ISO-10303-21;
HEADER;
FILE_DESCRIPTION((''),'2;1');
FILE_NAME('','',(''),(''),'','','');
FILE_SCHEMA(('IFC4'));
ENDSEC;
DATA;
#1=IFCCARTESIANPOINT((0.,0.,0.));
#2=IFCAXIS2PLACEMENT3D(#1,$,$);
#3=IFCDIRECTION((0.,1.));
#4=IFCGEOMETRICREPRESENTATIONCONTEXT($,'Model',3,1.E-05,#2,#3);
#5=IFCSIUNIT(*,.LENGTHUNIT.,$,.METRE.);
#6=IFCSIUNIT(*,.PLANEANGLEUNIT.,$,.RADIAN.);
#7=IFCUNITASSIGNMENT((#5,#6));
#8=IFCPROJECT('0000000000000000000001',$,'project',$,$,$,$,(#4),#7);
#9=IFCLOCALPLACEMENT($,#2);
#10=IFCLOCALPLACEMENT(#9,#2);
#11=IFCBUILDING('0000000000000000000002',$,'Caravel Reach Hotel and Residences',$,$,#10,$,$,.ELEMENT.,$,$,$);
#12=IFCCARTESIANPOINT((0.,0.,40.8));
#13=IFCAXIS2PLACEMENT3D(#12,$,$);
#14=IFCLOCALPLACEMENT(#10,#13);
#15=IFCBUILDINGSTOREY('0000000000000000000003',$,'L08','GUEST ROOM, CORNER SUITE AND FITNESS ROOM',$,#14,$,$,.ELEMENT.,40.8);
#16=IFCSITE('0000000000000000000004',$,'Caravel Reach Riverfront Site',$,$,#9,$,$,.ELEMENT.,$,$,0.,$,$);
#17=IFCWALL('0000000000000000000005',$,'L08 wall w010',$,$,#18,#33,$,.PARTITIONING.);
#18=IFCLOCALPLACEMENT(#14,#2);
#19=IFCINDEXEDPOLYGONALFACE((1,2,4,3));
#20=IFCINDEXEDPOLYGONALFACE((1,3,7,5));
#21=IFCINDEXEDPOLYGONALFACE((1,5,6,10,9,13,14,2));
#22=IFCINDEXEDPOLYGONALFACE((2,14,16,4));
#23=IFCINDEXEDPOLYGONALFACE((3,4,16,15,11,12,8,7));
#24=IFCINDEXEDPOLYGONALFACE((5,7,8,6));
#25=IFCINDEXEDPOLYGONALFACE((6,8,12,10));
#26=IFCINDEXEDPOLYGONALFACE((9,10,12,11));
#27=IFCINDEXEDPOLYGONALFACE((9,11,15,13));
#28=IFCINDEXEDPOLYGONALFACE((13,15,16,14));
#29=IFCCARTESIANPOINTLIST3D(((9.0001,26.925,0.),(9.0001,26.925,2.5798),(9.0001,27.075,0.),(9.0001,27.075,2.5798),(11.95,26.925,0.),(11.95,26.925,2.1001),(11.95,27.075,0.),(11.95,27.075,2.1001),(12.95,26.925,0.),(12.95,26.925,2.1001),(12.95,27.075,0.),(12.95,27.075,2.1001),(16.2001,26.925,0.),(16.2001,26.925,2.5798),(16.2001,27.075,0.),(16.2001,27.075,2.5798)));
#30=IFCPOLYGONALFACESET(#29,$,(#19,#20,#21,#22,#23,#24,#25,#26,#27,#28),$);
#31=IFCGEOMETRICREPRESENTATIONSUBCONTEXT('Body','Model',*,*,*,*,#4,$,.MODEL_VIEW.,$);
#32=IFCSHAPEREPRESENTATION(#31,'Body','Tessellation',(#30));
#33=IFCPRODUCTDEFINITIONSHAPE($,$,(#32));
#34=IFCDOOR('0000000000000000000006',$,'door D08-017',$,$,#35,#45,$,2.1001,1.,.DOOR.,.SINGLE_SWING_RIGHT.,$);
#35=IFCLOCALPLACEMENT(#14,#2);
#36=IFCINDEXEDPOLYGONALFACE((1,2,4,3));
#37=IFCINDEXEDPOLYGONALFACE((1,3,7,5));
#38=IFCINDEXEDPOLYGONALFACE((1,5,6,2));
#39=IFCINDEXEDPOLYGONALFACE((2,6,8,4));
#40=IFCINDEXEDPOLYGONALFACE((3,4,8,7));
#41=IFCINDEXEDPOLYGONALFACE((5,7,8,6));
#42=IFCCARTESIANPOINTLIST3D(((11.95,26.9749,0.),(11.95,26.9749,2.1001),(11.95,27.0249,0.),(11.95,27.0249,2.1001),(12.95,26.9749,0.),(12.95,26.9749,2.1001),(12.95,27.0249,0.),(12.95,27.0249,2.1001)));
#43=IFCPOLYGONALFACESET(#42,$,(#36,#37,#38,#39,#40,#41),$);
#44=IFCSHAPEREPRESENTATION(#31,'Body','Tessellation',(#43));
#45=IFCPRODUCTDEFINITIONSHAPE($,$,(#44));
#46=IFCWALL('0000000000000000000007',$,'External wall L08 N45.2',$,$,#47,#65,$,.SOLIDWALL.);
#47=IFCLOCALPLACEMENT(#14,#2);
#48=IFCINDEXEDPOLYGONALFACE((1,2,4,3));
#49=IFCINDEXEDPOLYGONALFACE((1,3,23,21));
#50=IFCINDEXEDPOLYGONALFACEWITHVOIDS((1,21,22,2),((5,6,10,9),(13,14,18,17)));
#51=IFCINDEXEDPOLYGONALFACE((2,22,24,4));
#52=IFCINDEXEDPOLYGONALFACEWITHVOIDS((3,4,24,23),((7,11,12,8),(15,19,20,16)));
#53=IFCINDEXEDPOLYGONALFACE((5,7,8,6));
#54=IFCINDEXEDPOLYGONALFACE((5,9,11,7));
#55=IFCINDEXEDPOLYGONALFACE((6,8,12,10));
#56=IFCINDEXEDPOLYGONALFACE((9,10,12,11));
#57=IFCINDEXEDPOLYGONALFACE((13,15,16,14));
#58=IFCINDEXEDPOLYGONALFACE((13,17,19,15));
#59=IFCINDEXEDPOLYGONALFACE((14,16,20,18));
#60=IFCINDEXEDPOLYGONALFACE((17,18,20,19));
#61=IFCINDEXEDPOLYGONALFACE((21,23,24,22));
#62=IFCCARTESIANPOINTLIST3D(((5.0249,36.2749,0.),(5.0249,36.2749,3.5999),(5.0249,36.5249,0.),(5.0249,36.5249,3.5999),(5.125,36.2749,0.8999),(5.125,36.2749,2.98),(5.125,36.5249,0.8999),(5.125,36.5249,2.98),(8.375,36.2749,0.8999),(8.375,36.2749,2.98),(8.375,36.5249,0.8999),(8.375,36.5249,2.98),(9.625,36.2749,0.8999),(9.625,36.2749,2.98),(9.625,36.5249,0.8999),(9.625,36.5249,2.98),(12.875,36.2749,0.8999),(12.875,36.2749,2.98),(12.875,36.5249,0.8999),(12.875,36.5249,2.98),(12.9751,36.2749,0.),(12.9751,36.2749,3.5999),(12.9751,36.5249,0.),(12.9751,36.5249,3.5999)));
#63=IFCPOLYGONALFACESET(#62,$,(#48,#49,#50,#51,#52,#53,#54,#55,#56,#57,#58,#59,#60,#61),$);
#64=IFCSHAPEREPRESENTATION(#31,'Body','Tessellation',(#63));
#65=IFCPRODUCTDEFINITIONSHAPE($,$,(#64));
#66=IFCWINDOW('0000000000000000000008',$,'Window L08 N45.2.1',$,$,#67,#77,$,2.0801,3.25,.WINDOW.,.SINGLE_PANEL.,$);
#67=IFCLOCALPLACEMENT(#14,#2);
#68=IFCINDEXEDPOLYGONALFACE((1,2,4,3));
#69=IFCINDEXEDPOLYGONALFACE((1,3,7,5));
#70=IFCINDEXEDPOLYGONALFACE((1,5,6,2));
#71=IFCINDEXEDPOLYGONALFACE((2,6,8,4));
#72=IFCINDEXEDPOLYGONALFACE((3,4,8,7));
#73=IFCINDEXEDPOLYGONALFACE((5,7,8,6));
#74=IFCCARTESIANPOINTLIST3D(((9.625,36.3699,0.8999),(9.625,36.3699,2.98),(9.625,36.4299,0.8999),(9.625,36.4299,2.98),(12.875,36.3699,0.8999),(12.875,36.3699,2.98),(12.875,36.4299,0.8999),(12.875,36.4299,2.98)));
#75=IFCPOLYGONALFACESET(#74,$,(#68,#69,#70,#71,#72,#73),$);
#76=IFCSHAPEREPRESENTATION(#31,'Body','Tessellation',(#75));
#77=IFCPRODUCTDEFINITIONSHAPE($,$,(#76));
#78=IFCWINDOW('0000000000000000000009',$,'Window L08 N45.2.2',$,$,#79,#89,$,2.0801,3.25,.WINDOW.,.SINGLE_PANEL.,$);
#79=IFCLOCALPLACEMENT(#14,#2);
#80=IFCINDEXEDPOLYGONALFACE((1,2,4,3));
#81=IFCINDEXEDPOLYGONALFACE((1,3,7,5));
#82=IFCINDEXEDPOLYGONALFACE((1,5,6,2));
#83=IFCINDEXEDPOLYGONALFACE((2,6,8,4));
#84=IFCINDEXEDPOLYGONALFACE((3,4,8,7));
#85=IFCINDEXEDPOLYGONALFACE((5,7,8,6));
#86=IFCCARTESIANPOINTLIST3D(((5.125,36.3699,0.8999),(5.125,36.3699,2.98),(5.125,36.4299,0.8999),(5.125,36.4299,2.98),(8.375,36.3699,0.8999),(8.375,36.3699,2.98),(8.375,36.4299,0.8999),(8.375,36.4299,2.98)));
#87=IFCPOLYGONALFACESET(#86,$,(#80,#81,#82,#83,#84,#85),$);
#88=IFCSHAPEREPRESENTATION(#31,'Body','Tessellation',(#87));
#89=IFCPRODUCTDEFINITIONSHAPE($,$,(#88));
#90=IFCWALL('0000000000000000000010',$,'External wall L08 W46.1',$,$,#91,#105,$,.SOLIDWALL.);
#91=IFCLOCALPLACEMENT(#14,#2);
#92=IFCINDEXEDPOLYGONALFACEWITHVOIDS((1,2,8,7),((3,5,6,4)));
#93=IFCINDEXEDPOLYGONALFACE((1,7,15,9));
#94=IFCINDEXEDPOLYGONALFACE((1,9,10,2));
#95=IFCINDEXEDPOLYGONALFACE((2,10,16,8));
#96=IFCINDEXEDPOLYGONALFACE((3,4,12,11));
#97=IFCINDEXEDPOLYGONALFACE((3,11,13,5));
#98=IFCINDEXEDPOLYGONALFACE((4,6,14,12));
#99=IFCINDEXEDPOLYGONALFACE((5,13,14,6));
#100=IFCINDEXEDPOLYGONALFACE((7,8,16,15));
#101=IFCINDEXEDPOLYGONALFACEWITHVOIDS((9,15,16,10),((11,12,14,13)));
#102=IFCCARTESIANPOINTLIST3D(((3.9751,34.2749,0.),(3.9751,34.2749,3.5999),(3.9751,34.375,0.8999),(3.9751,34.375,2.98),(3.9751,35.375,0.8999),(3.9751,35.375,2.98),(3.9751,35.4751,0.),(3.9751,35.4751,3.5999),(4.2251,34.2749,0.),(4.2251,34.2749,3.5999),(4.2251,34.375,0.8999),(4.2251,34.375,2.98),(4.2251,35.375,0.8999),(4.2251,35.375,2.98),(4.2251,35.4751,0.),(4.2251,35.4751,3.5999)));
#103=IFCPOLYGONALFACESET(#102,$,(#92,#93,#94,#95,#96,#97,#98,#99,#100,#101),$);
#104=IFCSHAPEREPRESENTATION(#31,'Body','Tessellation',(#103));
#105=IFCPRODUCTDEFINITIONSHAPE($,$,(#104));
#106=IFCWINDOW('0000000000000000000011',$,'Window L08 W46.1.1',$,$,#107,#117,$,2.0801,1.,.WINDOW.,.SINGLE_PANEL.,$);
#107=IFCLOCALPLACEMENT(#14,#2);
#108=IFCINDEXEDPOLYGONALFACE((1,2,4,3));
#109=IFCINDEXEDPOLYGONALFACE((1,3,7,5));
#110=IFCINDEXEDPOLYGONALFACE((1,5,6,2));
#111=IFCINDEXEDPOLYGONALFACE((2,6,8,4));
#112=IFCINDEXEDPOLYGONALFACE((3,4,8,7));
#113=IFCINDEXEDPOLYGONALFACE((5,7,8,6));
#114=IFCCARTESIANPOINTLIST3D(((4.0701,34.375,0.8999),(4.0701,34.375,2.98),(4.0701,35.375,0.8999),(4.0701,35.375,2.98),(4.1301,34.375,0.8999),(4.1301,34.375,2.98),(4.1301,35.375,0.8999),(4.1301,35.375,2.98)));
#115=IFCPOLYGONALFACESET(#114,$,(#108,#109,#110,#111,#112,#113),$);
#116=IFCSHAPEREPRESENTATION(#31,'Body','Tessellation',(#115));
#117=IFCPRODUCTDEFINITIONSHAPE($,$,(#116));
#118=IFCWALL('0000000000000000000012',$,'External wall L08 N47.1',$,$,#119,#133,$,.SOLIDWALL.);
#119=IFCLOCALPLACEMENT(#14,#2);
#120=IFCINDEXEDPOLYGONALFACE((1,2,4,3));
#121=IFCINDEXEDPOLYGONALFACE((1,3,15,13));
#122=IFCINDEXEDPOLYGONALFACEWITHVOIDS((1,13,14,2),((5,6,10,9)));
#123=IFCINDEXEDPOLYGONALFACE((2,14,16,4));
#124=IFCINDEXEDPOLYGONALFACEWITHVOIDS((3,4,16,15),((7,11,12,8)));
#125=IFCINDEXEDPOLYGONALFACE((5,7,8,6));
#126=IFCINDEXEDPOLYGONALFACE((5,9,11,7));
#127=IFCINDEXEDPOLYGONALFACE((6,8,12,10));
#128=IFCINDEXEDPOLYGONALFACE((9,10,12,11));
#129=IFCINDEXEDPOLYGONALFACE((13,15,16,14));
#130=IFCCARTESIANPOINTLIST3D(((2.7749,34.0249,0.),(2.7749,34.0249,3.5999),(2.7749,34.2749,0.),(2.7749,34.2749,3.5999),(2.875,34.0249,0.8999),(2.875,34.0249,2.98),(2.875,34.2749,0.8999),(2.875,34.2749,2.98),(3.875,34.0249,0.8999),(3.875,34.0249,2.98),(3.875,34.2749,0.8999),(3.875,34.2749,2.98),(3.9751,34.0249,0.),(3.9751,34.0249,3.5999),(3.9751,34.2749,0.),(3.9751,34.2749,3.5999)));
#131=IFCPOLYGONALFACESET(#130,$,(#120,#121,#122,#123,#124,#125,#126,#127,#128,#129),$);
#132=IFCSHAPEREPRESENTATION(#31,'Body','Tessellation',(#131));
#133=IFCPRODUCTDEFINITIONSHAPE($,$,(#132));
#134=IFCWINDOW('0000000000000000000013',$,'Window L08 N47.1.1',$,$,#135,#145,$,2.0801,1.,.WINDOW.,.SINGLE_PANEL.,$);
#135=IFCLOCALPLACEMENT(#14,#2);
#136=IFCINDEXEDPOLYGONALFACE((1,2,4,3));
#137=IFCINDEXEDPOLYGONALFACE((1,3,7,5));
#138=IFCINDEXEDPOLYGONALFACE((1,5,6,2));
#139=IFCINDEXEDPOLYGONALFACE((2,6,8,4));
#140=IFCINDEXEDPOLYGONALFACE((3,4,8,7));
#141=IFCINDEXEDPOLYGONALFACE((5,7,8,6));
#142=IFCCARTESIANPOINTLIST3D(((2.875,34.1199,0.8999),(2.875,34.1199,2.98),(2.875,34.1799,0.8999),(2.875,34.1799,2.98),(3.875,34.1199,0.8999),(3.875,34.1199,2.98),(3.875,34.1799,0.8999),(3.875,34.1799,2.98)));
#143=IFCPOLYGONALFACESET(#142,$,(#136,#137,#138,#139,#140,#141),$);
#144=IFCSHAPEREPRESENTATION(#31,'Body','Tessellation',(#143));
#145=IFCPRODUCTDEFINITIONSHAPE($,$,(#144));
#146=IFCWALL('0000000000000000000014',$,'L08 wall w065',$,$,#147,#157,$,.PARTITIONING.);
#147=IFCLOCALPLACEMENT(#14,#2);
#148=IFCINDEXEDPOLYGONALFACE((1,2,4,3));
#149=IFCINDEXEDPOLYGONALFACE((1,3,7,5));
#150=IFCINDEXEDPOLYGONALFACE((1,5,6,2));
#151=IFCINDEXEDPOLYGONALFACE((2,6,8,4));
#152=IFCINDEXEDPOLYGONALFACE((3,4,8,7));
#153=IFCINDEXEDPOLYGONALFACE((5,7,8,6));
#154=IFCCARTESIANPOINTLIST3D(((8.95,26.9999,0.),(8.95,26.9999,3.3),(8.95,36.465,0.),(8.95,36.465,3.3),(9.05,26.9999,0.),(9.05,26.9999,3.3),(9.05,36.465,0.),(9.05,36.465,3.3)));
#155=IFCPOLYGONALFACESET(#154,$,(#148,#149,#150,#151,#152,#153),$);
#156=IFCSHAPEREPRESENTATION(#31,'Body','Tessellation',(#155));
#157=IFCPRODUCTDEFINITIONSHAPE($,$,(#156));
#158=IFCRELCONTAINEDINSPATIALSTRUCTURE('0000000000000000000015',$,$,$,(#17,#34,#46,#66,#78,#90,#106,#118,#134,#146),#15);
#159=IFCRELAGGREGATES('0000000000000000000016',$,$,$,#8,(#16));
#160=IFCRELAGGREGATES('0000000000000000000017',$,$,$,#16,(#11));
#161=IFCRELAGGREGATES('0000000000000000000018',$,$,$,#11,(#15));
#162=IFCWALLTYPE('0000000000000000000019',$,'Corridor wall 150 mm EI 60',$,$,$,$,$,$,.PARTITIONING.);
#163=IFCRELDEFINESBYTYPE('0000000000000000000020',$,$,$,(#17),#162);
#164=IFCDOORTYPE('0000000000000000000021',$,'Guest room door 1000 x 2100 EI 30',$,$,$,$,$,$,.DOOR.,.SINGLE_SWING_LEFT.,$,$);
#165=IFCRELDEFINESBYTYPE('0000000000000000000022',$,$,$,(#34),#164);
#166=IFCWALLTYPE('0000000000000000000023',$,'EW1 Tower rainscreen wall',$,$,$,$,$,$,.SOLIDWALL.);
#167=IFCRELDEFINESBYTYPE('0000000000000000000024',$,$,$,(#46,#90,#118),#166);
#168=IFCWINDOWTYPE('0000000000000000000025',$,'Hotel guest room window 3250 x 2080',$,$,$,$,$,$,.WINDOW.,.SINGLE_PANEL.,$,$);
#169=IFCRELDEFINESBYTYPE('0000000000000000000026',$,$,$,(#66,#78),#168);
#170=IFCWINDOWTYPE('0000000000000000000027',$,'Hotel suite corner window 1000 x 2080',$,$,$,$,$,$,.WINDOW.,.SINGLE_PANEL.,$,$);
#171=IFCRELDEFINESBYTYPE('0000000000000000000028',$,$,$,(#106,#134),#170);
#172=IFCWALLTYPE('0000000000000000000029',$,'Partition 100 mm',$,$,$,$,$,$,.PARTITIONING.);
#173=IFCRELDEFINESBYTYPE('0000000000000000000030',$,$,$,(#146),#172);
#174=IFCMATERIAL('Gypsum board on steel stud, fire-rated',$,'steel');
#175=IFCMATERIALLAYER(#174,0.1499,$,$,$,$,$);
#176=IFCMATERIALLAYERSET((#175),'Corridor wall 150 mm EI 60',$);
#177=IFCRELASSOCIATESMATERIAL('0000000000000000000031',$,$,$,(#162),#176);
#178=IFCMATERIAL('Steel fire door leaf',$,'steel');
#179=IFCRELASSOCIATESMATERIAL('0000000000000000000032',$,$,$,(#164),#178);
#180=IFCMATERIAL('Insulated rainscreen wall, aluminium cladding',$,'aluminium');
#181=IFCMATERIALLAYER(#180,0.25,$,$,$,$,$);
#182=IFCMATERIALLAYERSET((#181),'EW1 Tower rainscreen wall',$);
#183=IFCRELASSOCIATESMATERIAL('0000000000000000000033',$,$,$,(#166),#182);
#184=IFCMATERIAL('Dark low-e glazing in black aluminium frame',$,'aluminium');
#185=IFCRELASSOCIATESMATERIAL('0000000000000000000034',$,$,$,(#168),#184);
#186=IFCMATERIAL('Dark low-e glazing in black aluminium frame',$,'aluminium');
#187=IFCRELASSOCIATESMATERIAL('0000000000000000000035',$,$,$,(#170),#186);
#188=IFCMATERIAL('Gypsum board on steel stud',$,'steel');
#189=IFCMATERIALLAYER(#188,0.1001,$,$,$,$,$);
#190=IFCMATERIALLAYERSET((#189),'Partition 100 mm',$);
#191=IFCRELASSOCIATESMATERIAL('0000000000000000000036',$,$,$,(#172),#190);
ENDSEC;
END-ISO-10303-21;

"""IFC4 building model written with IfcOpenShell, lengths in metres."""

from ifc_helpers import new_model, si_unit, direction, frame, frame_2d, origin, place, context, subcontext, project, spatial, rectangle, extrude, material, layer, layer_set, type_object, element, fill, save


model = new_model("IFC4")

# Units and contexts
model_context = context("Model", 3, precision=1e-05, world=origin(), true_north=direction((0.0, 1.0)))
body_context = subcontext(model_context, "Body", "Model", "MODEL_VIEW")
ifc_project = project(units=[si_unit("LENGTHUNIT", "METRE"), si_unit("PLANEANGLEUNIT", "RADIAN")], contexts=[model_context])

# Site, building, storey
site_placement = place(None, origin())
site = spatial("IfcSite", under=ifc_project, at=site_placement, Name="Caravel Reach Riverfront Site", CompositionType="ELEMENT", RefElevation=0.0)
building_placement = place(site_placement, origin())
building = spatial("IfcBuilding", under=site, at=building_placement, Name="Caravel Reach Hotel and Residences", CompositionType="ELEMENT")
storey_placement = place(building_placement, frame((0.0, 0.0, 40.8)))
storey = spatial("IfcBuildingStorey", under=building, at=storey_placement, Name="L08", Description="GUEST ROOM, CORNER SUITE AND FITNESS ROOM", CompositionType="ELEMENT", Elevation=40.8)

# Wall, opening, door
ifc_material_1 = material(Name="Gypsum board on steel stud, fire-rated", Category="steel")
ifc_layer_1 = layer(ifc_material_1, 0.1499)
ifc_layer_set_1 = layer_set([ifc_layer_1], Name="Corridor wall 150 mm EI 60")
wall_type_1 = type_object("IfcWallType", Name="Corridor wall 150 mm EI 60", PredefinedType="PARTITIONING", material=ifc_layer_set_1)
wall_1_placement = place(storey_placement, frame((9.0, 27.0, 0.0), z_axis=(0.0, 0.0, 1.0), x_axis=(1.0, 0.0, 0.0)))
wall_1 = element("IfcWall", 1, at=wall_1_placement, inside=storey, type_object=wall_type_1, Name="L08 wall w010", PredefinedType="PARTITIONING", context=body_context, shape_type="SweptSolid", body=[
    extrude(rectangle(XDim=7.2, YDim=0.1499, at=frame_2d((3.6001, 0.0))), origin(), (0.0, 0.0, 1.0), 2.5798),
])
opening_1_placement = place(wall_1_placement, frame((2.95, 0.0, 0.0)))
opening_1 = element("IfcOpeningElement", 2, at=opening_1_placement, cuts=wall_1, PredefinedType="OPENING", context=body_context, shape_type="SweptSolid", body=[
    extrude(rectangle(XDim=1.0, YDim=2.1001, at=frame_2d((0.5, 1.05))), frame((0.0, 0.085, 0.0), z_axis=(0.0, -1.0, 0.0), x_axis=(1.0, 0.0, 0.0)), (0.0, 0.0, 1.0), 0.1699),
])
ifc_material_2 = material(Name="Steel fire door leaf", Category="steel")
door_type_1 = type_object("IfcDoorType", Name="Guest room door 1000 x 2100 EI 30", OperationType="SINGLE_SWING_LEFT", PredefinedType="DOOR", material=ifc_material_2)
door_1_placement = place(opening_1_placement, origin())
door_1 = element("IfcDoor", 3, at=door_1_placement, inside=storey, type_object=door_type_1, Name="door D08-017", OperationType="SINGLE_SWING_RIGHT", OverallHeight=2.1001, OverallWidth=1.0, PredefinedType="DOOR", context=body_context, shape_type="SweptSolid", body=[
    extrude(rectangle(XDim=1.0, YDim=2.1001, at=frame_2d((0.5, 1.05))), frame((0.0, 0.0249, 0.0), z_axis=(0.0, -1.0, 0.0), x_axis=(1.0, 0.0, 0.0)), (0.0, 0.0, 1.0), 0.05),
])
fill(opening_1, door_1)

# Wall, openings, windows
ifc_material_3 = material(Name="Insulated rainscreen wall, aluminium cladding", Category="aluminium")
ifc_layer_2 = layer(ifc_material_3, 0.25)
ifc_layer_set_2 = layer_set([ifc_layer_2], Name="EW1 Tower rainscreen wall")
wall_type_2 = type_object("IfcWallType", Name="EW1 Tower rainscreen wall", PredefinedType="SOLIDWALL", material=ifc_layer_set_2)
wall_2_placement = place(storey_placement, frame((12.9751, 36.3999, 0.0), z_axis=(0.0, 0.0, 1.0), x_axis=(-1.0, 0.0, 0.0)))
wall_2 = element("IfcWall", 4, at=wall_2_placement, inside=storey, type_object=wall_type_2, Name="External wall L08 N45.2", PredefinedType="SOLIDWALL", context=body_context, shape_type="SweptSolid", body=[
    extrude(rectangle(XDim=7.9502, YDim=0.25, at=frame_2d((3.9751, 0.0))), origin(), (0.0, 0.0, 1.0), 3.5999),
])
opening_2_placement = place(wall_2_placement, frame((0.1001, 0.0, 0.8999)))
opening_2 = element("IfcOpeningElement", 5, at=opening_2_placement, cuts=wall_2, PredefinedType="OPENING", context=body_context, shape_type="SweptSolid", body=[
    extrude(rectangle(XDim=3.25, YDim=2.0801, at=frame_2d((1.625, 1.04))), frame((0.0, 0.135, 0.0), z_axis=(0.0, -1.0, 0.0), x_axis=(1.0, 0.0, 0.0)), (0.0, 0.0, 1.0), 0.27),
])
opening_3_placement = place(wall_2_placement, frame((4.6001, 0.0, 0.8999)))
opening_3 = element("IfcOpeningElement", 6, at=opening_3_placement, cuts=wall_2, PredefinedType="OPENING", context=body_context, shape_type="SweptSolid", body=[
    extrude(rectangle(XDim=3.25, YDim=2.0801, at=frame_2d((1.625, 1.04))), frame((0.0, 0.135, 0.0), z_axis=(0.0, -1.0, 0.0), x_axis=(1.0, 0.0, 0.0)), (0.0, 0.0, 1.0), 0.27),
])
ifc_material_4 = material(Name="Dark low-e glazing in black aluminium frame", Category="aluminium")
window_type_1 = type_object("IfcWindowType", Name="Hotel guest room window 3250 x 2080", PartitioningType="SINGLE_PANEL", PredefinedType="WINDOW", material=ifc_material_4)
window_1_placement = place(opening_2_placement, origin())
window_1 = element("IfcWindow", 7, at=window_1_placement, inside=storey, type_object=window_type_1, Name="Window L08 N45.2.1", OverallHeight=2.0801, OverallWidth=3.25, PartitioningType="SINGLE_PANEL", PredefinedType="WINDOW", context=body_context, shape_type="SweptSolid", body=[
    extrude(rectangle(XDim=3.25, YDim=2.0801, at=frame_2d((1.625, 1.04))), frame((0.0, 0.03, 0.0), z_axis=(0.0, -1.0, 0.0), x_axis=(1.0, 0.0, 0.0)), (0.0, 0.0, 1.0), 0.0601),
])
fill(opening_2, window_1)
window_2_placement = place(opening_3_placement, origin())
window_2 = element("IfcWindow", 8, at=window_2_placement, inside=storey, type_object=window_type_1, Name="Window L08 N45.2.2", OverallHeight=2.0801, OverallWidth=3.25, PartitioningType="SINGLE_PANEL", PredefinedType="WINDOW", context=body_context, shape_type="SweptSolid", body=[
    extrude(rectangle(XDim=3.25, YDim=2.0801, at=frame_2d((1.625, 1.04))), frame((0.0, 0.03, 0.0), z_axis=(0.0, -1.0, 0.0), x_axis=(1.0, 0.0, 0.0)), (0.0, 0.0, 1.0), 0.0601),
])
fill(opening_3, window_2)

# Walls, openings, windows
wall_3_placement = place(storey_placement, frame((4.1001, 35.4751, 0.0), z_axis=(0.0, 0.0, 1.0), x_axis=(0.0, -1.0, 0.0)))
wall_3 = element("IfcWall", 9, at=wall_3_placement, inside=storey, type_object=wall_type_2, Name="External wall L08 W46.1", PredefinedType="SOLIDWALL", context=body_context, shape_type="SweptSolid", body=[
    extrude(rectangle(XDim=1.2002, YDim=0.25, at=frame_2d((0.6001, 0.0))), origin(), (0.0, 0.0, 1.0), 3.5999),
])
opening_4_placement = place(wall_3_placement, frame((0.1001, 0.0, 0.8999)))
opening_4 = element("IfcOpeningElement", 10, at=opening_4_placement, cuts=wall_3, PredefinedType="OPENING", context=body_context, shape_type="SweptSolid", body=[
    extrude(rectangle(XDim=1.0, YDim=2.0801, at=frame_2d((0.5, 1.04))), frame((0.0, 0.135, 0.0), z_axis=(0.0, -1.0, 0.0), x_axis=(1.0, 0.0, 0.0)), (0.0, 0.0, 1.0), 0.27),
])
ifc_material_5 = material(Name="Dark low-e glazing in black aluminium frame", Category="aluminium")
window_type_2 = type_object("IfcWindowType", Name="Hotel suite corner window 1000 x 2080", PartitioningType="SINGLE_PANEL", PredefinedType="WINDOW", material=ifc_material_5)
window_3_placement = place(opening_4_placement, origin())
window_3 = element("IfcWindow", 11, at=window_3_placement, inside=storey, type_object=window_type_2, Name="Window L08 W46.1.1", OverallHeight=2.0801, OverallWidth=1.0, PartitioningType="SINGLE_PANEL", PredefinedType="WINDOW", context=body_context, shape_type="SweptSolid", body=[
    extrude(rectangle(XDim=1.0, YDim=2.0801, at=frame_2d((0.5, 1.04))), frame((0.0, 0.03, 0.0), z_axis=(0.0, -1.0, 0.0), x_axis=(1.0, 0.0, 0.0)), (0.0, 0.0, 1.0), 0.0601),
])
fill(opening_4, window_3)
wall_4_placement = place(storey_placement, frame((3.9751, 34.1499, 0.0), z_axis=(0.0, 0.0, 1.0), x_axis=(-1.0, 0.0, 0.0)))
wall_4 = element("IfcWall", 12, at=wall_4_placement, inside=storey, type_object=wall_type_2, Name="External wall L08 N47.1", PredefinedType="SOLIDWALL", context=body_context, shape_type="SweptSolid", body=[
    extrude(rectangle(XDim=1.2002, YDim=0.25, at=frame_2d((0.6001, 0.0))), origin(), (0.0, 0.0, 1.0), 3.5999),
])
opening_5_placement = place(wall_4_placement, frame((0.1001, 0.0, 0.8999)))
opening_5 = element("IfcOpeningElement", 13, at=opening_5_placement, cuts=wall_4, PredefinedType="OPENING", context=body_context, shape_type="SweptSolid", body=[
    extrude(rectangle(XDim=1.0, YDim=2.0801, at=frame_2d((0.5, 1.04))), frame((0.0, 0.135, 0.0), z_axis=(0.0, -1.0, 0.0), x_axis=(1.0, 0.0, 0.0)), (0.0, 0.0, 1.0), 0.27),
])
window_4_placement = place(opening_5_placement, origin())
window_4 = element("IfcWindow", 14, at=window_4_placement, inside=storey, type_object=window_type_2, Name="Window L08 N47.1.1", OverallHeight=2.0801, OverallWidth=1.0, PartitioningType="SINGLE_PANEL", PredefinedType="WINDOW", context=body_context, shape_type="SweptSolid", body=[
    extrude(rectangle(XDim=1.0, YDim=2.0801, at=frame_2d((0.5, 1.04))), frame((0.0, 0.03, 0.0), z_axis=(0.0, -1.0, 0.0), x_axis=(1.0, 0.0, 0.0)), (0.0, 0.0, 1.0), 0.0601),
])
fill(opening_5, window_4)

# Wall
ifc_material_6 = material(Name="Gypsum board on steel stud", Category="steel")
ifc_layer_3 = layer(ifc_material_6, 0.1001)
ifc_layer_set_3 = layer_set([ifc_layer_3], Name="Partition 100 mm")
wall_type_3 = type_object("IfcWallType", Name="Partition 100 mm", PredefinedType="PARTITIONING", material=ifc_layer_set_3)
wall_5_placement = place(storey_placement, frame((9.0, 27.0, 0.0), z_axis=(0.0, 0.0, 1.0), x_axis=(0.0, 1.0, 0.0)))
element("IfcWall", 15, at=wall_5_placement, inside=storey, type_object=wall_type_3, Name="L08 wall w065", PredefinedType="PARTITIONING", context=body_context, shape_type="SweptSolid", body=[
    extrude(rectangle(XDim=9.4651, YDim=0.1001, at=frame_2d((4.7324, 0.0))), origin(), (0.0, 0.0, 1.0), 3.3),
])

save(model, "model.ifc")
